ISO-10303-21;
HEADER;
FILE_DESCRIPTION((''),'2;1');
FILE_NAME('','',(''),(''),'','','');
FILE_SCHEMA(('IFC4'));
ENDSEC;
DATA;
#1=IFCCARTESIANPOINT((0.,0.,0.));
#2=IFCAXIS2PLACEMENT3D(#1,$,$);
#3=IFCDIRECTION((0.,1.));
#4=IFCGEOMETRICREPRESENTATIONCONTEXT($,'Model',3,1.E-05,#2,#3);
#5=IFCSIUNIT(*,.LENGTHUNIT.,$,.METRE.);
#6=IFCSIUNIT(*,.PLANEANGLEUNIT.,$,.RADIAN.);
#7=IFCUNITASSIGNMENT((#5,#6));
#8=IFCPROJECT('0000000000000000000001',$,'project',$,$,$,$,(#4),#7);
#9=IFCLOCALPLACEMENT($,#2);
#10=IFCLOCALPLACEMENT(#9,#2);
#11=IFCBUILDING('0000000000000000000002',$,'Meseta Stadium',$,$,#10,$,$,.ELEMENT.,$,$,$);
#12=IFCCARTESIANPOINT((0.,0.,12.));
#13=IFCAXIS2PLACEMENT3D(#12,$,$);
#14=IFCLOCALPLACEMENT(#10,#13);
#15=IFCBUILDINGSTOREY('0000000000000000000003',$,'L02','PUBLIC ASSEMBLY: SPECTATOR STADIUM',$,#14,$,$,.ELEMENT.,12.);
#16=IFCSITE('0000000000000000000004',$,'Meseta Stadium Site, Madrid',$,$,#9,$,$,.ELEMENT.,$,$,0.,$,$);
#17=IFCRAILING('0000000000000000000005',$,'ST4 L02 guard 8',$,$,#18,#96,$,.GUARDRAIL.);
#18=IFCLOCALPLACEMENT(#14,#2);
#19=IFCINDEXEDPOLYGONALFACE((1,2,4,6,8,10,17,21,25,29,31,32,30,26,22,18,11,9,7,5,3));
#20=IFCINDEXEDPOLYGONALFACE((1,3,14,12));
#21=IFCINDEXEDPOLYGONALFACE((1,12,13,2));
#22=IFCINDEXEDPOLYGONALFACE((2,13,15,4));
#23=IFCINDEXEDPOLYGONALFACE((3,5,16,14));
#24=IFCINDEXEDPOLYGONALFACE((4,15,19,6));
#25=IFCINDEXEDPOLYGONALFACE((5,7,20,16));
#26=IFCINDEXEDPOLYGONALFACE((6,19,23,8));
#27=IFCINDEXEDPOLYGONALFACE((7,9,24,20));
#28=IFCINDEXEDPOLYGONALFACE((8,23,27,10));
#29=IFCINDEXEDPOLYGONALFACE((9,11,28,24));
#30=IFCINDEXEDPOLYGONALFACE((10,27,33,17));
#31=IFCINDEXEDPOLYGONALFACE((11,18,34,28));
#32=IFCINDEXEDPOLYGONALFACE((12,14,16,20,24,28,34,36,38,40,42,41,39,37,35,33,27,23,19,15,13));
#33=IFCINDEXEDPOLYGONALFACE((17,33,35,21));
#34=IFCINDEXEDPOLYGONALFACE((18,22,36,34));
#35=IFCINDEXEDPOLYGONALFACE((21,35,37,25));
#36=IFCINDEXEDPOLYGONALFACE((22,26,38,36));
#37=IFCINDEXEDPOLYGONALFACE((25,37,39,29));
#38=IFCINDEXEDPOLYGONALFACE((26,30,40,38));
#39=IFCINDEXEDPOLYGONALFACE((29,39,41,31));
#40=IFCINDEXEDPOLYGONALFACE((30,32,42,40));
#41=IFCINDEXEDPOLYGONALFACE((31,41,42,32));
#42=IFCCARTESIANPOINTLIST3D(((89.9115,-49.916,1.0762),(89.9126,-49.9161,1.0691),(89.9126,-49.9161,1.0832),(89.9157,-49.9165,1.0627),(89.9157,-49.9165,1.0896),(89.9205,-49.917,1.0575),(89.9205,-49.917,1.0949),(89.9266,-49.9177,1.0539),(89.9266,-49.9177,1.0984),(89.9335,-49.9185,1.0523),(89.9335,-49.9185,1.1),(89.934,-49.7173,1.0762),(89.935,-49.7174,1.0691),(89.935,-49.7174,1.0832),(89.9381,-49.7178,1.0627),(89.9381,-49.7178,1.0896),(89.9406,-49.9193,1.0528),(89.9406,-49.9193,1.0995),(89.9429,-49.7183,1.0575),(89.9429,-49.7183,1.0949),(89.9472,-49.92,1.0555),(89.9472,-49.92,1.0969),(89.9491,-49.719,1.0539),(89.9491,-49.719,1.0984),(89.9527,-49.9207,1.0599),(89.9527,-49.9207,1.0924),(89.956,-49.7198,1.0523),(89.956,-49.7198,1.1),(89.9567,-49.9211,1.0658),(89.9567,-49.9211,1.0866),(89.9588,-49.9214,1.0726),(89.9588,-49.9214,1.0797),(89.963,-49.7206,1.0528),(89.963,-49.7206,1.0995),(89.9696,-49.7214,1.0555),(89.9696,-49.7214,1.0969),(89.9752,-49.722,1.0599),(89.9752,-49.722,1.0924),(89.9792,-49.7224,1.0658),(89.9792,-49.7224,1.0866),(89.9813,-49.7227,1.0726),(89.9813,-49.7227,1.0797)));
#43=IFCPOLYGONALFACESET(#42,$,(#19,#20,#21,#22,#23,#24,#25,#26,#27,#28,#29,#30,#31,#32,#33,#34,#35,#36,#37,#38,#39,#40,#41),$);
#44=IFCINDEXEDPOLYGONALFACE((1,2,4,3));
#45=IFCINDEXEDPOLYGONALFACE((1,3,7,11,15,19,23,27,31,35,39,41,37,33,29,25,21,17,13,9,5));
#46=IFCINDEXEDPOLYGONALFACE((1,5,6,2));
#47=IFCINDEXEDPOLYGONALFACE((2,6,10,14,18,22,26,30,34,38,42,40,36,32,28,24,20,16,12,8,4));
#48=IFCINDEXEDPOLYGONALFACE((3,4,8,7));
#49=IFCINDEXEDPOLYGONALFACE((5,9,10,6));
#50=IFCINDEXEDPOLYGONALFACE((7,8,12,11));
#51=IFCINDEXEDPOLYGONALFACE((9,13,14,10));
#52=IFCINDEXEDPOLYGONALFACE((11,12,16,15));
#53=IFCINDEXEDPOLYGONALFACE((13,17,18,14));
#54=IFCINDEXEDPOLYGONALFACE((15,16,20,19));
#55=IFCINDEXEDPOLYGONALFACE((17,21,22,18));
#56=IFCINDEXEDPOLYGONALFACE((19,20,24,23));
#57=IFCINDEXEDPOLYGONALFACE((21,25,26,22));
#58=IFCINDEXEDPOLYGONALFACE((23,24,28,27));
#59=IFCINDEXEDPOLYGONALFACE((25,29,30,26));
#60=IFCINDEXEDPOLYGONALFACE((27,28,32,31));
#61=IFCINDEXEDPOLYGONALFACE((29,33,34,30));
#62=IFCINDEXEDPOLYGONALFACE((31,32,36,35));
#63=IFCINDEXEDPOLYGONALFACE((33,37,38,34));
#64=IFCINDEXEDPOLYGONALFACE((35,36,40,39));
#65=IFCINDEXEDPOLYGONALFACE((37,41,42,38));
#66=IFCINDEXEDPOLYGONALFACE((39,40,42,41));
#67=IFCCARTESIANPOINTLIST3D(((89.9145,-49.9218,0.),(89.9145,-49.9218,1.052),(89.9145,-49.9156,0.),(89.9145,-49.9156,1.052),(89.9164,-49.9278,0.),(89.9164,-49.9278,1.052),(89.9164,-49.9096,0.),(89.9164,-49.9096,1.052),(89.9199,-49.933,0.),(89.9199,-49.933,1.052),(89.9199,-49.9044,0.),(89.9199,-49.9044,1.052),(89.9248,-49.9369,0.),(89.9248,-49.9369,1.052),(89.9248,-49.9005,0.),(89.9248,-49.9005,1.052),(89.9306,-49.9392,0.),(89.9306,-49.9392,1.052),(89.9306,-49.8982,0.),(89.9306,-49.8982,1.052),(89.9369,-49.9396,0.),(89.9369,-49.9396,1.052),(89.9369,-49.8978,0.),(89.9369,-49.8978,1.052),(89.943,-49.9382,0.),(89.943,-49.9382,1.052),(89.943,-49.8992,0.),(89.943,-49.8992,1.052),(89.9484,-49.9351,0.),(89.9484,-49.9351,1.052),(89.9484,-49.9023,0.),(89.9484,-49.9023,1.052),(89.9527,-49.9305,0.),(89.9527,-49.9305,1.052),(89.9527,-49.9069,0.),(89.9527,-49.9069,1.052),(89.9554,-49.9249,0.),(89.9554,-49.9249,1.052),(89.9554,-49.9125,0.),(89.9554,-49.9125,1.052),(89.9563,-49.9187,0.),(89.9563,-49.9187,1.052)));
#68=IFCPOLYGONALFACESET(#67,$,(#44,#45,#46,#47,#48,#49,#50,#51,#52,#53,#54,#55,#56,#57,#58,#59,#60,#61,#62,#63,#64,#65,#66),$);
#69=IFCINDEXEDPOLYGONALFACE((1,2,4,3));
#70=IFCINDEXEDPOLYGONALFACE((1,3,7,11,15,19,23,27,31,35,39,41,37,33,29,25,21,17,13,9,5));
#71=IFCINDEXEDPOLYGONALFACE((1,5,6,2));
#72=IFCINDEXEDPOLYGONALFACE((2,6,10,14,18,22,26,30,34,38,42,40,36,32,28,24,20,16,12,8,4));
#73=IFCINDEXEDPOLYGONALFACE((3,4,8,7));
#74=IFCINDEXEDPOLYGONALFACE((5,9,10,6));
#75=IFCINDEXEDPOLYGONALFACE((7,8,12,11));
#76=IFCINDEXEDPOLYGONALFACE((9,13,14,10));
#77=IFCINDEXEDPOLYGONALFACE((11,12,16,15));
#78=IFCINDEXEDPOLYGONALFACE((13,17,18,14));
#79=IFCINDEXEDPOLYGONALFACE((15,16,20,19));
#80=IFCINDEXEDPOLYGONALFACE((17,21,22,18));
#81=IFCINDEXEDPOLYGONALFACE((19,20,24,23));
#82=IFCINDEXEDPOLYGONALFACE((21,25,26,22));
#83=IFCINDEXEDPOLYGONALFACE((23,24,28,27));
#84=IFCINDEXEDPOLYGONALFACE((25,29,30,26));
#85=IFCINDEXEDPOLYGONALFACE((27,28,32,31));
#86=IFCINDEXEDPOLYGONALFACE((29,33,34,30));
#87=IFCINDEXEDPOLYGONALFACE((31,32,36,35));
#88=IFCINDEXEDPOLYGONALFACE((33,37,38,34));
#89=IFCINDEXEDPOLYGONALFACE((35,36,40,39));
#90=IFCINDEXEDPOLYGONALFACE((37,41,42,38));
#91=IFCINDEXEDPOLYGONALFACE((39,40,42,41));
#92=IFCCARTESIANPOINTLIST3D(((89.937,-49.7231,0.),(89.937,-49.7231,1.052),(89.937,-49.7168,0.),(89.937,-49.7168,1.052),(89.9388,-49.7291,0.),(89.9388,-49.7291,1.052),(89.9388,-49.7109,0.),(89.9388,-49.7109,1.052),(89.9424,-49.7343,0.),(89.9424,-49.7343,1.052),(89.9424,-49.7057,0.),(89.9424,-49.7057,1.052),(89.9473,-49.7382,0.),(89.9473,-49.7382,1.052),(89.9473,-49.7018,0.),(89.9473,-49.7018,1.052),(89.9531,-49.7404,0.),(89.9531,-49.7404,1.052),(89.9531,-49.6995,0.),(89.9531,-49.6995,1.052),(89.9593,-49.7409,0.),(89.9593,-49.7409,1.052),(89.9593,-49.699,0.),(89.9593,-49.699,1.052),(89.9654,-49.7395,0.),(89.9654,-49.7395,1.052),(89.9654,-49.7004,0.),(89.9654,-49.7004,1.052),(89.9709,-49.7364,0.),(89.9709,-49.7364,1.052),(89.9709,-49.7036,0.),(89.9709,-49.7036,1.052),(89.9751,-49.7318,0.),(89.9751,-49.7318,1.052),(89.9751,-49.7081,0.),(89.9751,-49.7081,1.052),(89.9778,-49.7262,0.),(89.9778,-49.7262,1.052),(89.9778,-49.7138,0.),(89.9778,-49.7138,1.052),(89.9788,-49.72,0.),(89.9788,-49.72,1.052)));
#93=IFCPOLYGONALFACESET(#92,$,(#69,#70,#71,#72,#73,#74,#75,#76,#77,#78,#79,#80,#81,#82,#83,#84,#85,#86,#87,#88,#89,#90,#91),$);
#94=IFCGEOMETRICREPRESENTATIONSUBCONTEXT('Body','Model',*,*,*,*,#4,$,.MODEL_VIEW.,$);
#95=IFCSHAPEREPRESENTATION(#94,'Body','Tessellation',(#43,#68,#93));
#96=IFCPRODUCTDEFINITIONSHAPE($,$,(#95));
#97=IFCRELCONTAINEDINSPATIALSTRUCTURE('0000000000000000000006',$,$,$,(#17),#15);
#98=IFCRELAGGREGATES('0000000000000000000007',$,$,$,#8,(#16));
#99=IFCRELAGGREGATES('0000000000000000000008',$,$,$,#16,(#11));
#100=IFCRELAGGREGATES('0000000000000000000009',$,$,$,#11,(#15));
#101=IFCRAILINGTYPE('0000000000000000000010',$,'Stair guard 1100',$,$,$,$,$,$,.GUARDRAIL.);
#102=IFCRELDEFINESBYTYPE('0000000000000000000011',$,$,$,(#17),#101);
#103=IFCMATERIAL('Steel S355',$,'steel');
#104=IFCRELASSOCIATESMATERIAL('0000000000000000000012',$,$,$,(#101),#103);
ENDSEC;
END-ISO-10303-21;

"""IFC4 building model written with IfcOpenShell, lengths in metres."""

from ifc_helpers import new_model, si_unit, direction, frame, origin, origin_2d, place, context, subcontext, project, spatial, circle, extrude, material, type_object, element, save


model = new_model("IFC4")

# Units and contexts
model_context = context("Model", 3, precision=1e-05, world=origin(), true_north=direction((0.0, 1.0)))
body_context = subcontext(model_context, "Body", "Model", "MODEL_VIEW")
ifc_project = project(units=[si_unit("LENGTHUNIT", "METRE"), si_unit("PLANEANGLEUNIT", "RADIAN")], contexts=[model_context])

# Site, building, storey
site_placement = place(None, origin())
site = spatial("IfcSite", under=ifc_project, at=site_placement, Name="Meseta Stadium Site, Madrid", CompositionType="ELEMENT", RefElevation=0.0)
building_placement = place(site_placement, origin())
building = spatial("IfcBuilding", under=site, at=building_placement, Name="Meseta Stadium", CompositionType="ELEMENT")
storey_placement = place(building_placement, frame((0.0, 0.0, 12.0)))
storey = spatial("IfcBuildingStorey", under=building, at=storey_placement, Name="L02", Description="PUBLIC ASSEMBLY: SPECTATOR STADIUM", CompositionType="ELEMENT", Elevation=12.0)

# Railing
ifc_material_1 = material(Name="Steel S355", Category="steel")
railing_type_1 = type_object("IfcRailingType", Name="Stair guard 1100", PredefinedType="GUARDRAIL", material=ifc_material_1)
railing_1_placement = place(storey_placement, frame((89.9353, -49.9187, 0.0)))
element("IfcRailing", 1, at=railing_1_placement, inside=storey, type_object=railing_type_1, Name="ST4 L02 guard 8", PredefinedType="GUARDRAIL", context=body_context, shape_type="SweptSolid", body=[
    extrude(circle(Radius=0.0239, at=origin_2d()), frame((0.0, 0.0, 1.0762), z_axis=(0.112307, 0.993674, 0.0), x_axis=(-0.993674, 0.112307, 0.0)), (0.0, 0.0, 1.0), 0.2),
    extrude(circle(Radius=0.021, at=origin_2d()), origin(), (0.0, 0.0, 1.0), 1.052),
    extrude(circle(Radius=0.021, at=origin_2d()), frame((0.0225, 0.1987, 0.0)), (0.0, 0.0, 1.0), 1.052),
])

save(model, "model.ifc")
